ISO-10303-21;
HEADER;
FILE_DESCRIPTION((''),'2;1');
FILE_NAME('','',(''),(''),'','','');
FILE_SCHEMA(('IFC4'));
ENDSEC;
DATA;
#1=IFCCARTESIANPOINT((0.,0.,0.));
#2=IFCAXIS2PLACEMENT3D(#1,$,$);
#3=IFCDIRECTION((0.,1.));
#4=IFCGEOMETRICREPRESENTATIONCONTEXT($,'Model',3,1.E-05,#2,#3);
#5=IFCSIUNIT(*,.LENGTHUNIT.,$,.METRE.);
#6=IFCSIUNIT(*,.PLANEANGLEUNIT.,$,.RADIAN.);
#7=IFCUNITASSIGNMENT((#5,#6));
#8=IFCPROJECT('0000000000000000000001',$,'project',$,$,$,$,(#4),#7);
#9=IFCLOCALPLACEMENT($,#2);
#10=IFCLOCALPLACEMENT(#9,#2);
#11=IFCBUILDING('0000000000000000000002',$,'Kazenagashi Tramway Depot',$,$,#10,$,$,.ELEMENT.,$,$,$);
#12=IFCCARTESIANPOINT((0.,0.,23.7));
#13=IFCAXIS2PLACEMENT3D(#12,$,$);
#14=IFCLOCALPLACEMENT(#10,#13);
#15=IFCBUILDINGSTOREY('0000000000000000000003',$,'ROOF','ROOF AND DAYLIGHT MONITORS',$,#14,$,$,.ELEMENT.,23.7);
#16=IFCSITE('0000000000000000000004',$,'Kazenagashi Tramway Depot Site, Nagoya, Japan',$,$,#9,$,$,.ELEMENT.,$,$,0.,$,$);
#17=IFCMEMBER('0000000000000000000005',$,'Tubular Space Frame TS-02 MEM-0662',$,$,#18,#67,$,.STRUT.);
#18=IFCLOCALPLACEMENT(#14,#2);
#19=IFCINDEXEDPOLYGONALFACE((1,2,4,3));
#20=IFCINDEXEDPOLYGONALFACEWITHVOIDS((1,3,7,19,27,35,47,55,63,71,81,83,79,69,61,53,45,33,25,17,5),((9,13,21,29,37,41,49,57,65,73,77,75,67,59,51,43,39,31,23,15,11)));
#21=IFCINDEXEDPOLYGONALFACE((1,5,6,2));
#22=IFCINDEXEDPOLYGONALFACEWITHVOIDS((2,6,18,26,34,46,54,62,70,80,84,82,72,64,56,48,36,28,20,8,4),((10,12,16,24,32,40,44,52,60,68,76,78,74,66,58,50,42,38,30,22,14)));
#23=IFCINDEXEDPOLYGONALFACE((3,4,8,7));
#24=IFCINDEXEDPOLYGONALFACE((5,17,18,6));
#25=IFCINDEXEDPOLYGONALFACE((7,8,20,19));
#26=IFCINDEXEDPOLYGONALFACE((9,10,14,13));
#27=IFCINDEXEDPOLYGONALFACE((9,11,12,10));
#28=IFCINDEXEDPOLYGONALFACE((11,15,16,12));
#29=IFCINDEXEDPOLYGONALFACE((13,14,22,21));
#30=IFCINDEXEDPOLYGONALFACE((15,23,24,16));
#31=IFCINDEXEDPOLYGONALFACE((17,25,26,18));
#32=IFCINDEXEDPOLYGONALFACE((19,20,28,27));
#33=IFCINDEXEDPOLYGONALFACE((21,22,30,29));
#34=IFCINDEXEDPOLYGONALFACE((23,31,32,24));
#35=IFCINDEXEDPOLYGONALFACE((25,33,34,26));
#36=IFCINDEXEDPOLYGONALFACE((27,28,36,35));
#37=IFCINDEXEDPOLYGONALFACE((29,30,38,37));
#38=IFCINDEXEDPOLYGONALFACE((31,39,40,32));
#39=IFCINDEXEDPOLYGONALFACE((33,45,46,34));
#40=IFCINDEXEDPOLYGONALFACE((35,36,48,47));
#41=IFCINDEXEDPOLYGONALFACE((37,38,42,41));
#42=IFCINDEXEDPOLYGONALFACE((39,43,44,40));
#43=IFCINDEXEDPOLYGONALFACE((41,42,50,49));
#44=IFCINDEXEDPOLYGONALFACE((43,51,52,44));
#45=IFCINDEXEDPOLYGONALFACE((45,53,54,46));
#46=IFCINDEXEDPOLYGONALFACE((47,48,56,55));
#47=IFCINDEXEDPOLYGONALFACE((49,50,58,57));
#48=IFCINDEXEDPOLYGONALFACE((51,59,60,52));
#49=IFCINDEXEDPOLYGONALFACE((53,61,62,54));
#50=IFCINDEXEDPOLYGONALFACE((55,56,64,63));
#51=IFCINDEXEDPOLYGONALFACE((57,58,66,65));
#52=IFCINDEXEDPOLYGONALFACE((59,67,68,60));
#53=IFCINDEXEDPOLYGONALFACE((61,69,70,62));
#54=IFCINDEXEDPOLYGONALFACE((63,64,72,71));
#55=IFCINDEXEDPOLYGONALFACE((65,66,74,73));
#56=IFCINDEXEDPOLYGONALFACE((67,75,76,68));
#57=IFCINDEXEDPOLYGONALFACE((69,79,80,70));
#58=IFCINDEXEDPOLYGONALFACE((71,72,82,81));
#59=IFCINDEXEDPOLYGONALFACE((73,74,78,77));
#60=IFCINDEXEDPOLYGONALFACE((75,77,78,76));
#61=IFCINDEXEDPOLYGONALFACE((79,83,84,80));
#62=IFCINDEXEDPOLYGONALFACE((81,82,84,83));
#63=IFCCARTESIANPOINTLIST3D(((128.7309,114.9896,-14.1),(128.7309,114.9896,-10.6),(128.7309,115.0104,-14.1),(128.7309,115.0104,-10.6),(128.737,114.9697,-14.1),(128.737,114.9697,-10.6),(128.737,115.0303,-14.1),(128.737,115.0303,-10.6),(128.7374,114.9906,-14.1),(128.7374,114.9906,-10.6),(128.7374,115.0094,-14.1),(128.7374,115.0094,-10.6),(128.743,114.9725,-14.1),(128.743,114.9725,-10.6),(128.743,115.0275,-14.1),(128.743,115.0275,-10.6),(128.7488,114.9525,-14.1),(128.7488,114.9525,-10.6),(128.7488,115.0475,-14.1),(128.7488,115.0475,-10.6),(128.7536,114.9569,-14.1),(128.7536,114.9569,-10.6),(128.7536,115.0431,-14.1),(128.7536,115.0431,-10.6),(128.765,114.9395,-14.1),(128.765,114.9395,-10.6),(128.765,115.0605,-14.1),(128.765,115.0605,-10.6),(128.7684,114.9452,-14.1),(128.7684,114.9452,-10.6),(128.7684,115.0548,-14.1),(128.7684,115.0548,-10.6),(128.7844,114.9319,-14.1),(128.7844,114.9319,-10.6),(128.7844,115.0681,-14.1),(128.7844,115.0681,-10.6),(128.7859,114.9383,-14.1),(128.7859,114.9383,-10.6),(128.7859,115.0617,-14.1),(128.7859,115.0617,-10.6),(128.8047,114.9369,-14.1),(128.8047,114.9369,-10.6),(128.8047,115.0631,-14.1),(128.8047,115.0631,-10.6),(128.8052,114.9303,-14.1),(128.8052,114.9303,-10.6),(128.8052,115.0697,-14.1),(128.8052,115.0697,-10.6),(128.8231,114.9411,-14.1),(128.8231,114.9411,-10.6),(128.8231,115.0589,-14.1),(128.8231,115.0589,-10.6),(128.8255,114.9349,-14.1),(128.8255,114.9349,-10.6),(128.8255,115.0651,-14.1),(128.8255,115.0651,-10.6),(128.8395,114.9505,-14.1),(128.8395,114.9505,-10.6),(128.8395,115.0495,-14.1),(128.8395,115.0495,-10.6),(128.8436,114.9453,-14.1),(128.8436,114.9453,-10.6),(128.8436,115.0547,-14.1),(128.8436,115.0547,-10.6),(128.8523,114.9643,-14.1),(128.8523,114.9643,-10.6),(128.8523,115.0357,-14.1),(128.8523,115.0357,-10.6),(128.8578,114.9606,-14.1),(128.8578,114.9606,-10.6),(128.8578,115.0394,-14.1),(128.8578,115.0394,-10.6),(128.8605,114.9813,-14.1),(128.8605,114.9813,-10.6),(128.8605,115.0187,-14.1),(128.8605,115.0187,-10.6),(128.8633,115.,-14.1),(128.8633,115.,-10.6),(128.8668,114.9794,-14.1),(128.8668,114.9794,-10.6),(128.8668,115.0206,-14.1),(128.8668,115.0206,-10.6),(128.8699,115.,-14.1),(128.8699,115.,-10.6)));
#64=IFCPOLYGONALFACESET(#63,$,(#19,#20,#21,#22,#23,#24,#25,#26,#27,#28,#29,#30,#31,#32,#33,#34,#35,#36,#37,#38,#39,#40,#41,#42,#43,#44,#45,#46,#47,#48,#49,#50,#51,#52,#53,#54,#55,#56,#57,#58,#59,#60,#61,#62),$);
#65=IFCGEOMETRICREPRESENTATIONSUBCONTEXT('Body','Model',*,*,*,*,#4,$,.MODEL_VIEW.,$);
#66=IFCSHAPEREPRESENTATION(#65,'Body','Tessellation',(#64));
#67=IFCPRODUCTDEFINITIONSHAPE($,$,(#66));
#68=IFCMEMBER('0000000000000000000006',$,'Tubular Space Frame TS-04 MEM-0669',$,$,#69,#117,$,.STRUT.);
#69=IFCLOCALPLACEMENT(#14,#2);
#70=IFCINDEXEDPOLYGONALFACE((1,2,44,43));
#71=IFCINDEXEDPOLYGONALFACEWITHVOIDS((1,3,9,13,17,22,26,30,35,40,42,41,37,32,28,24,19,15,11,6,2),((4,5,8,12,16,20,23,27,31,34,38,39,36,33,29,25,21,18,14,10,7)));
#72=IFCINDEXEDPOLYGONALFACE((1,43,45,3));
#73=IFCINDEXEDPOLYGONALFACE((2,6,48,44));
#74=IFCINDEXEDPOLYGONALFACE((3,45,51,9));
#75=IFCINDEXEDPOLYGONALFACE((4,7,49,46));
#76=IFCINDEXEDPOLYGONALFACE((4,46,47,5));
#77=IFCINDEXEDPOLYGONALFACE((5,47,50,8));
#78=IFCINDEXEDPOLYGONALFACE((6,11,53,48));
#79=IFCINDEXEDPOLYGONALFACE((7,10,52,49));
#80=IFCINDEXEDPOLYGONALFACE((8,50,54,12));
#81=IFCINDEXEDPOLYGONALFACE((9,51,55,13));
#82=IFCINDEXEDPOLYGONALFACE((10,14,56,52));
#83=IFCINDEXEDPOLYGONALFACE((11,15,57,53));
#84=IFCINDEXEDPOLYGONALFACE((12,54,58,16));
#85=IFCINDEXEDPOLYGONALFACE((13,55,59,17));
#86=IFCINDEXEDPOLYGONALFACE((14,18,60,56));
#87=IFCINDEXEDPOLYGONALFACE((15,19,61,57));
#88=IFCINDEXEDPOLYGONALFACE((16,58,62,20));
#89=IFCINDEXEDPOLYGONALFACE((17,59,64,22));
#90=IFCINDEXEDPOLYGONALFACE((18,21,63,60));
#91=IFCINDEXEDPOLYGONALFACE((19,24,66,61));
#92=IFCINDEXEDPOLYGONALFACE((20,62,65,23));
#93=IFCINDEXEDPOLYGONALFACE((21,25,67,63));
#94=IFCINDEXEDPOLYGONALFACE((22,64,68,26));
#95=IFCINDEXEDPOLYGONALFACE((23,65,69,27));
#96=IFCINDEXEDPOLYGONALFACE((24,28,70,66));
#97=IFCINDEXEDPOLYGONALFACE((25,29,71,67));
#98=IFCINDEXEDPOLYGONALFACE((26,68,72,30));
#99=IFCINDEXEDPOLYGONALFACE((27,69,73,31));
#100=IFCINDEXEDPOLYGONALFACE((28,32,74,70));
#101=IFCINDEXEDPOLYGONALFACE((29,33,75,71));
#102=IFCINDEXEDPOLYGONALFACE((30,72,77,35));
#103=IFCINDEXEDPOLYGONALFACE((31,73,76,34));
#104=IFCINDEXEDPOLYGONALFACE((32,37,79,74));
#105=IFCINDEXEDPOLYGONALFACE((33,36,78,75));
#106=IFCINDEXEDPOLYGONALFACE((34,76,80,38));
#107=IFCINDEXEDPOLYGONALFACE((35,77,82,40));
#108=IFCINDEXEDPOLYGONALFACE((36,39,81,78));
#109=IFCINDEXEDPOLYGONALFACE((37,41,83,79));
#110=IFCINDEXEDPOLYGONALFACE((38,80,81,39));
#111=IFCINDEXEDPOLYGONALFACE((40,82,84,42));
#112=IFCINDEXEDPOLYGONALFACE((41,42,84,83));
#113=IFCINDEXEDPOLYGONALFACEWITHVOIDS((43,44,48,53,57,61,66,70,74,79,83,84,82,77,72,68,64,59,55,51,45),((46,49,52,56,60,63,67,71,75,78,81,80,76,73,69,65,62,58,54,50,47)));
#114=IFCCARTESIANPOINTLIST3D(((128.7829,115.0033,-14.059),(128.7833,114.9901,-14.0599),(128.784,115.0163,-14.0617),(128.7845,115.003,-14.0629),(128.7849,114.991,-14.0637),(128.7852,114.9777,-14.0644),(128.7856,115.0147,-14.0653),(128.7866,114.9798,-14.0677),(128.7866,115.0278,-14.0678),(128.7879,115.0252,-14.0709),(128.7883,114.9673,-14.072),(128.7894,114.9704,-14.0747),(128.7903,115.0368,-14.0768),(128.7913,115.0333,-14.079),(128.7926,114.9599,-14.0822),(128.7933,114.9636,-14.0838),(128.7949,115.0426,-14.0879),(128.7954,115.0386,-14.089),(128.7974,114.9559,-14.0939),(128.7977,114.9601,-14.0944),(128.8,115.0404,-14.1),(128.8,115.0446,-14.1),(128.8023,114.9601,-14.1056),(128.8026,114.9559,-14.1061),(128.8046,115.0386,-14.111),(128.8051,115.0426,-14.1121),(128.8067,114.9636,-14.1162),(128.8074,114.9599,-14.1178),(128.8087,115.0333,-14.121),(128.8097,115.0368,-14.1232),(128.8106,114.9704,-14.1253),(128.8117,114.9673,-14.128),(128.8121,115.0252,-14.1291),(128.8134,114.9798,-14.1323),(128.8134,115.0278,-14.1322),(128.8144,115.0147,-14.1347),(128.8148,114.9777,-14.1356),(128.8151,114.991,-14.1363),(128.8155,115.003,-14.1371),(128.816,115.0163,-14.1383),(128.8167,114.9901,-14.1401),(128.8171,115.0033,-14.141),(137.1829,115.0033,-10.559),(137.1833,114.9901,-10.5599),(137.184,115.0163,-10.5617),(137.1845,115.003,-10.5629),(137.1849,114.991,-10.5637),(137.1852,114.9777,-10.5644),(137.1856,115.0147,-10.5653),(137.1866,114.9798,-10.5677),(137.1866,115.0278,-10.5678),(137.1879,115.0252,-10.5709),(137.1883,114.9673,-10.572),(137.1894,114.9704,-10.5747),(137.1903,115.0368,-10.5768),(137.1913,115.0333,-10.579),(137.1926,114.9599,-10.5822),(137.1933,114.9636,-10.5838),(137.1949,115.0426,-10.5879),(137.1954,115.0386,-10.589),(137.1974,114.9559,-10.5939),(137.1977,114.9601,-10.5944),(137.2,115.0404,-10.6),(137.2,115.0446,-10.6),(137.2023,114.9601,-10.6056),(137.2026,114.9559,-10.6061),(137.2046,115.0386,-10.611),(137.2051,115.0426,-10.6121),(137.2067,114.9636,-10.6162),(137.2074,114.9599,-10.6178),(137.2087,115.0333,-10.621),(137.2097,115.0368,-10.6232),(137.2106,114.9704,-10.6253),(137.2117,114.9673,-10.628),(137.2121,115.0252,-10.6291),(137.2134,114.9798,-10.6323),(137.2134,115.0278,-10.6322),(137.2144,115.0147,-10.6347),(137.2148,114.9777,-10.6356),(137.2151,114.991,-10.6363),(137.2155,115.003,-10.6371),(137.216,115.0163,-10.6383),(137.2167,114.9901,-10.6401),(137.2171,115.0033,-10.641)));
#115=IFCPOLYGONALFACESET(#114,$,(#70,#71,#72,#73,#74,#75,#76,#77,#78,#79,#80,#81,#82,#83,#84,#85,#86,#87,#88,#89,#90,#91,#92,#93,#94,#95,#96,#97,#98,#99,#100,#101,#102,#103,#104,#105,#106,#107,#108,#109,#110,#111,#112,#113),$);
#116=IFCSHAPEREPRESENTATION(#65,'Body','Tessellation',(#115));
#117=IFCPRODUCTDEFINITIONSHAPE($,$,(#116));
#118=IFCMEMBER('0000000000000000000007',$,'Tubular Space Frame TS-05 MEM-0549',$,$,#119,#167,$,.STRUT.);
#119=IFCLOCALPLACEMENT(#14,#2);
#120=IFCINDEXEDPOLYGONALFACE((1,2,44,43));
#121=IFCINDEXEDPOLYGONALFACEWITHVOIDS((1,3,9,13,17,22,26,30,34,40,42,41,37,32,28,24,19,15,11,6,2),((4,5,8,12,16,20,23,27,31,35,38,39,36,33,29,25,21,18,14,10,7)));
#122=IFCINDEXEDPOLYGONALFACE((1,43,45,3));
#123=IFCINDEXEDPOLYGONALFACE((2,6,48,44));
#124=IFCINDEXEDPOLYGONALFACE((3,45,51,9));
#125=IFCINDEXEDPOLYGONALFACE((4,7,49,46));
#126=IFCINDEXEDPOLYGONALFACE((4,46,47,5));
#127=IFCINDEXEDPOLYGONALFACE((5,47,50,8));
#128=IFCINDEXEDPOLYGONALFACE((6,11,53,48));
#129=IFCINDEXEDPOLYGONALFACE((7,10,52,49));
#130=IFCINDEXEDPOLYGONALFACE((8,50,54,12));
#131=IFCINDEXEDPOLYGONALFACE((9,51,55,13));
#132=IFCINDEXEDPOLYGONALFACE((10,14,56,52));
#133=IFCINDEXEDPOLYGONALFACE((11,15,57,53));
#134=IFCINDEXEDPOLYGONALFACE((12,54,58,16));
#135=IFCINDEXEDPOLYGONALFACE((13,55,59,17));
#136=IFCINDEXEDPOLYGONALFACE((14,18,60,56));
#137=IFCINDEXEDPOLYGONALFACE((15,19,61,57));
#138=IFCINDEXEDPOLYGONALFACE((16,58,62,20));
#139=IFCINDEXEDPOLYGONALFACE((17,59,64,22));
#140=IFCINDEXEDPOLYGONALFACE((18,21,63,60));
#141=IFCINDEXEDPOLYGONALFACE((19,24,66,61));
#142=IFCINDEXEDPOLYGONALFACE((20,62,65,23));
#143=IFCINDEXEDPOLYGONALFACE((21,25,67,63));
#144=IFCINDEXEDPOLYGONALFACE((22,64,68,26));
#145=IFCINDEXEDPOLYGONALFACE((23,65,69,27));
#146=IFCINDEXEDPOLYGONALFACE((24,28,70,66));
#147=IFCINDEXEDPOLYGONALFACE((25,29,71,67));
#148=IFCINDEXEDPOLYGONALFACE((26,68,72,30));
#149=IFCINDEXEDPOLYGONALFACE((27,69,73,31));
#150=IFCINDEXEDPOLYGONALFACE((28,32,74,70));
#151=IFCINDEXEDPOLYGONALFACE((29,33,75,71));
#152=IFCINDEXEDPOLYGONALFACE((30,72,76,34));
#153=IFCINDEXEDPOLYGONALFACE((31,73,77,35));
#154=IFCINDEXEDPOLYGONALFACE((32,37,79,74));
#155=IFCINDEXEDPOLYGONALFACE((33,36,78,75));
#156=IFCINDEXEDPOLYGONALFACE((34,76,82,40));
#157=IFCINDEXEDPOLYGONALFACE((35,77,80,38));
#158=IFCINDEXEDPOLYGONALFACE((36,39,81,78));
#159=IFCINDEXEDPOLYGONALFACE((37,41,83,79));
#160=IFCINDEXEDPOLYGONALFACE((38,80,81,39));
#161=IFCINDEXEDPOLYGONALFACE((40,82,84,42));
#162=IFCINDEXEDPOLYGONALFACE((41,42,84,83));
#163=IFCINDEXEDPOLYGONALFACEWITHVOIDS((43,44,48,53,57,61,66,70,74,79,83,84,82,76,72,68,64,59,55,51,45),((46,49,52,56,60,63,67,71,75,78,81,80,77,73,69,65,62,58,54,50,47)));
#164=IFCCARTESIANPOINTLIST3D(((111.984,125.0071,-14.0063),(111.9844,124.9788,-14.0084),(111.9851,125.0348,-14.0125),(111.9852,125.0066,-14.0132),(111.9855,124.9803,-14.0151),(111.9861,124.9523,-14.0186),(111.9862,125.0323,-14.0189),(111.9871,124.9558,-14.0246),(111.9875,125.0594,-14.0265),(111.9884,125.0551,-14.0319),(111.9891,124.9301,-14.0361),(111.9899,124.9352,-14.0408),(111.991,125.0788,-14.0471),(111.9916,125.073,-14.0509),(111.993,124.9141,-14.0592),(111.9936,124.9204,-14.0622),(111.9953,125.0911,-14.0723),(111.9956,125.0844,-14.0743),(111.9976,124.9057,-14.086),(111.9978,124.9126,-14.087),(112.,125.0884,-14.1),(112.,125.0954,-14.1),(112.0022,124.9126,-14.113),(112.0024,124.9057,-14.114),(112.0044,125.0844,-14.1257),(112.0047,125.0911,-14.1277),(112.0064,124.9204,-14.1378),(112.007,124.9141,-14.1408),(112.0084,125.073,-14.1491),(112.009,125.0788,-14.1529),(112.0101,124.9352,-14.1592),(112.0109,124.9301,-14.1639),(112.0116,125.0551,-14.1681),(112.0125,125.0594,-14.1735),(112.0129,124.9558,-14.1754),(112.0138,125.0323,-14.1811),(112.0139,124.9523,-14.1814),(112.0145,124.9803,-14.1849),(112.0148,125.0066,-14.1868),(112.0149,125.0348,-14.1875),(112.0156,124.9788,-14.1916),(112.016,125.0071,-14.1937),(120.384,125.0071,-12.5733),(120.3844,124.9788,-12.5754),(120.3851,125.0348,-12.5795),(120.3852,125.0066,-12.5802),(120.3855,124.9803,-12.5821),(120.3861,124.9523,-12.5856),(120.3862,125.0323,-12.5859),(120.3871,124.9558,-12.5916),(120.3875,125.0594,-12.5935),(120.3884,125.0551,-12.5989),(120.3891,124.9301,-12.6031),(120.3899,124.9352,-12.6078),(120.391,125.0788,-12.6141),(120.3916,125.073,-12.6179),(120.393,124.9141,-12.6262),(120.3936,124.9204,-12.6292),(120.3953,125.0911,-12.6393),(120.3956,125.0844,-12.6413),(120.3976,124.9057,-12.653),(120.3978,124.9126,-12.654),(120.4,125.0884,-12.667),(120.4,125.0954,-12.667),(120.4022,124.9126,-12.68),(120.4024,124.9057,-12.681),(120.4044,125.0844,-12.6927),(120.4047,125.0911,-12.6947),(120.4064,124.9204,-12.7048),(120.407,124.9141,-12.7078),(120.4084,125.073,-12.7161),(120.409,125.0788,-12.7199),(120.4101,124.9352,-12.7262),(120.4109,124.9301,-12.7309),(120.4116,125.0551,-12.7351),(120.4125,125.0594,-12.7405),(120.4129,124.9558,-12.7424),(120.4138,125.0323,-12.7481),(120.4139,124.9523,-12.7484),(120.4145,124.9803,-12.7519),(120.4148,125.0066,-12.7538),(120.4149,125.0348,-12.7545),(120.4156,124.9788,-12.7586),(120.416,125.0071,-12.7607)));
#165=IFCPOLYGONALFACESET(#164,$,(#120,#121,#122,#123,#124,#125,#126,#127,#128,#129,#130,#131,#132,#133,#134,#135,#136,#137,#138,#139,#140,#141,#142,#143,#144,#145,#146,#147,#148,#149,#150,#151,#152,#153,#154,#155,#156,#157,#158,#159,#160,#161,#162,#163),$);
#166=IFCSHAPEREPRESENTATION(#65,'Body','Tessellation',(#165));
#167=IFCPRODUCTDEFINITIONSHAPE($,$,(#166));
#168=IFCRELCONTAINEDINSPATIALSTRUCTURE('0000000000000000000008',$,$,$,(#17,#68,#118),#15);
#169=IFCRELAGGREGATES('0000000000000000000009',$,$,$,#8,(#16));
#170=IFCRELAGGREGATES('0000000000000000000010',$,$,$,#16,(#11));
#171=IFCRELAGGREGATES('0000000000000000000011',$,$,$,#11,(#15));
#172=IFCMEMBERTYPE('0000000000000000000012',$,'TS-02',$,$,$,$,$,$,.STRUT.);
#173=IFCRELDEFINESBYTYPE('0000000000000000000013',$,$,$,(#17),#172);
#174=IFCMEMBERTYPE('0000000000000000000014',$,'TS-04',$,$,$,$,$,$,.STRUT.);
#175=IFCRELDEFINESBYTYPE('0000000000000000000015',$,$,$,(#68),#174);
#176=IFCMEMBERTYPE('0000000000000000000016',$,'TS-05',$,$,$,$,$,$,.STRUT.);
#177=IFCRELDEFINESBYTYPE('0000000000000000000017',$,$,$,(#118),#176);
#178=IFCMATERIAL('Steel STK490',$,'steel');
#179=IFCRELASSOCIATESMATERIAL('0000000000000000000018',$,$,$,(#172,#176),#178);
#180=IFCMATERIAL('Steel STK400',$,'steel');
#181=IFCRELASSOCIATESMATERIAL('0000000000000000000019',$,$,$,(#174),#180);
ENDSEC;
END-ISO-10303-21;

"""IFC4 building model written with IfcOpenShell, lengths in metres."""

from ifc_helpers import new_model, si_unit, direction, frame, origin, origin_2d, place, context, subcontext, project, spatial, hollow_circle, extrude, material, material_profile, profile_set, type_object, element, save


model = new_model("IFC4")

# Units and contexts
model_context = context("Model", 3, precision=1e-05, world=origin(), true_north=direction((0.0, 1.0)))
body_context = subcontext(model_context, "Body", "Model", "MODEL_VIEW")
ifc_project = project(units=[si_unit("LENGTHUNIT", "METRE"), si_unit("PLANEANGLEUNIT", "RADIAN")], contexts=[model_context])

# Site, building, storey
site_placement = place(None, origin())
site = spatial("IfcSite", under=ifc_project, at=site_placement, Name="Kazenagashi Tramway Depot Site, Nagoya, Japan", CompositionType="ELEMENT", RefElevation=0.0)
building_placement = place(site_placement, origin())
building = spatial("IfcBuilding", under=site, at=building_placement, Name="Kazenagashi Tramway Depot", CompositionType="ELEMENT")
storey_placement = place(building_placement, frame((0.0, 0.0, 23.7)))
storey = spatial("IfcBuildingStorey", under=building, at=storey_placement, Name="ROOF", Description="ROOF AND DAYLIGHT MONITORS", CompositionType="ELEMENT", Elevation=23.7)

# Members
ifc_material_1 = material(Name="Steel STK490", Category="steel")
ifc_material_profile_1 = material_profile(ifc_material_1, hollow_circle(Radius=0.0699, WallThickness=0.0066, at=origin_2d()), Name="CHS-139.8x6.6")
ifc_profile_set_1 = profile_set([ifc_material_profile_1], Name="Steel STK490")
member_type_1 = type_object("IfcMemberType", Name="TS-02", PredefinedType="STRUT", material=ifc_profile_set_1)
member_1_placement = place(storey_placement, frame((128.8, 115.0, -14.1), z_axis=(0.0, 0.0, 1.0), x_axis=(1.0, 0.0, 0.0)))
element("IfcMember", 1, at=member_1_placement, inside=storey, type_object=member_type_1, Name="Tubular Space Frame TS-02 MEM-0662", PredefinedType="STRUT", context=body_context, shape_type="SweptSolid", body=[
    extrude(hollow_circle(Radius=0.0699, WallThickness=0.0066, at=origin_2d()), origin(), (0.0, 0.0, 1.0), 3.5),
])
ifc_material_2 = material(Name="Steel STK400", Category="steel")
ifc_material_profile_2 = material_profile(ifc_material_2, hollow_circle(Radius=0.0445, WallThickness=0.0042, at=origin_2d()), Name="CHS-89.1x4.2")
ifc_profile_set_2 = profile_set([ifc_material_profile_2], Name="Steel STK400")
member_type_2 = type_object("IfcMemberType", Name="TS-04", PredefinedType="STRUT", material=ifc_profile_set_2)
member_2_placement = place(storey_placement, frame((128.8, 115.0, -14.1), z_axis=(0.923077, 0.0, 0.384615), x_axis=(0.0, 1.0, 0.0)))
element("IfcMember", 2, at=member_2_placement, inside=storey, type_object=member_type_2, Name="Tubular Space Frame TS-04 MEM-0669", PredefinedType="STRUT", context=body_context, shape_type="SweptSolid", body=[
    extrude(hollow_circle(Radius=0.0445, WallThickness=0.0042, at=origin_2d()), origin(), (0.0, 0.0, 1.0), 9.1),
])
ifc_material_profile_3 = material_profile(ifc_material_1, hollow_circle(Radius=0.0954, WallThickness=0.007, at=origin_2d()), Name="CHS-190.7x7.0")
ifc_profile_set_3 = profile_set([ifc_material_profile_3], Name="Steel STK490")
member_type_3 = type_object("IfcMemberType", Name="TS-05", PredefinedType="STRUT", material=ifc_profile_set_3)
for number, where, z_axis, x_axis, name in (
    (3, (112.0, 125.0, -14.1), (0.985759, 0.0, 0.168166), (0.0, 1.0, 0.0), "Tubular Space Frame TS-05 MEM-0549"),
):
    element("IfcMember", number, at=place(storey_placement, frame(where, z_axis=z_axis, x_axis=x_axis)), inside=storey, type_object=member_type_3, Name=name, PredefinedType="STRUT", context=body_context, shape_type="SweptSolid", body=[
        extrude(hollow_circle(Radius=0.0954, WallThickness=0.007, at=origin_2d()), origin(), (0.0, 0.0, 1.0), 8.5214),
    ])

save(model, "model.ifc")
